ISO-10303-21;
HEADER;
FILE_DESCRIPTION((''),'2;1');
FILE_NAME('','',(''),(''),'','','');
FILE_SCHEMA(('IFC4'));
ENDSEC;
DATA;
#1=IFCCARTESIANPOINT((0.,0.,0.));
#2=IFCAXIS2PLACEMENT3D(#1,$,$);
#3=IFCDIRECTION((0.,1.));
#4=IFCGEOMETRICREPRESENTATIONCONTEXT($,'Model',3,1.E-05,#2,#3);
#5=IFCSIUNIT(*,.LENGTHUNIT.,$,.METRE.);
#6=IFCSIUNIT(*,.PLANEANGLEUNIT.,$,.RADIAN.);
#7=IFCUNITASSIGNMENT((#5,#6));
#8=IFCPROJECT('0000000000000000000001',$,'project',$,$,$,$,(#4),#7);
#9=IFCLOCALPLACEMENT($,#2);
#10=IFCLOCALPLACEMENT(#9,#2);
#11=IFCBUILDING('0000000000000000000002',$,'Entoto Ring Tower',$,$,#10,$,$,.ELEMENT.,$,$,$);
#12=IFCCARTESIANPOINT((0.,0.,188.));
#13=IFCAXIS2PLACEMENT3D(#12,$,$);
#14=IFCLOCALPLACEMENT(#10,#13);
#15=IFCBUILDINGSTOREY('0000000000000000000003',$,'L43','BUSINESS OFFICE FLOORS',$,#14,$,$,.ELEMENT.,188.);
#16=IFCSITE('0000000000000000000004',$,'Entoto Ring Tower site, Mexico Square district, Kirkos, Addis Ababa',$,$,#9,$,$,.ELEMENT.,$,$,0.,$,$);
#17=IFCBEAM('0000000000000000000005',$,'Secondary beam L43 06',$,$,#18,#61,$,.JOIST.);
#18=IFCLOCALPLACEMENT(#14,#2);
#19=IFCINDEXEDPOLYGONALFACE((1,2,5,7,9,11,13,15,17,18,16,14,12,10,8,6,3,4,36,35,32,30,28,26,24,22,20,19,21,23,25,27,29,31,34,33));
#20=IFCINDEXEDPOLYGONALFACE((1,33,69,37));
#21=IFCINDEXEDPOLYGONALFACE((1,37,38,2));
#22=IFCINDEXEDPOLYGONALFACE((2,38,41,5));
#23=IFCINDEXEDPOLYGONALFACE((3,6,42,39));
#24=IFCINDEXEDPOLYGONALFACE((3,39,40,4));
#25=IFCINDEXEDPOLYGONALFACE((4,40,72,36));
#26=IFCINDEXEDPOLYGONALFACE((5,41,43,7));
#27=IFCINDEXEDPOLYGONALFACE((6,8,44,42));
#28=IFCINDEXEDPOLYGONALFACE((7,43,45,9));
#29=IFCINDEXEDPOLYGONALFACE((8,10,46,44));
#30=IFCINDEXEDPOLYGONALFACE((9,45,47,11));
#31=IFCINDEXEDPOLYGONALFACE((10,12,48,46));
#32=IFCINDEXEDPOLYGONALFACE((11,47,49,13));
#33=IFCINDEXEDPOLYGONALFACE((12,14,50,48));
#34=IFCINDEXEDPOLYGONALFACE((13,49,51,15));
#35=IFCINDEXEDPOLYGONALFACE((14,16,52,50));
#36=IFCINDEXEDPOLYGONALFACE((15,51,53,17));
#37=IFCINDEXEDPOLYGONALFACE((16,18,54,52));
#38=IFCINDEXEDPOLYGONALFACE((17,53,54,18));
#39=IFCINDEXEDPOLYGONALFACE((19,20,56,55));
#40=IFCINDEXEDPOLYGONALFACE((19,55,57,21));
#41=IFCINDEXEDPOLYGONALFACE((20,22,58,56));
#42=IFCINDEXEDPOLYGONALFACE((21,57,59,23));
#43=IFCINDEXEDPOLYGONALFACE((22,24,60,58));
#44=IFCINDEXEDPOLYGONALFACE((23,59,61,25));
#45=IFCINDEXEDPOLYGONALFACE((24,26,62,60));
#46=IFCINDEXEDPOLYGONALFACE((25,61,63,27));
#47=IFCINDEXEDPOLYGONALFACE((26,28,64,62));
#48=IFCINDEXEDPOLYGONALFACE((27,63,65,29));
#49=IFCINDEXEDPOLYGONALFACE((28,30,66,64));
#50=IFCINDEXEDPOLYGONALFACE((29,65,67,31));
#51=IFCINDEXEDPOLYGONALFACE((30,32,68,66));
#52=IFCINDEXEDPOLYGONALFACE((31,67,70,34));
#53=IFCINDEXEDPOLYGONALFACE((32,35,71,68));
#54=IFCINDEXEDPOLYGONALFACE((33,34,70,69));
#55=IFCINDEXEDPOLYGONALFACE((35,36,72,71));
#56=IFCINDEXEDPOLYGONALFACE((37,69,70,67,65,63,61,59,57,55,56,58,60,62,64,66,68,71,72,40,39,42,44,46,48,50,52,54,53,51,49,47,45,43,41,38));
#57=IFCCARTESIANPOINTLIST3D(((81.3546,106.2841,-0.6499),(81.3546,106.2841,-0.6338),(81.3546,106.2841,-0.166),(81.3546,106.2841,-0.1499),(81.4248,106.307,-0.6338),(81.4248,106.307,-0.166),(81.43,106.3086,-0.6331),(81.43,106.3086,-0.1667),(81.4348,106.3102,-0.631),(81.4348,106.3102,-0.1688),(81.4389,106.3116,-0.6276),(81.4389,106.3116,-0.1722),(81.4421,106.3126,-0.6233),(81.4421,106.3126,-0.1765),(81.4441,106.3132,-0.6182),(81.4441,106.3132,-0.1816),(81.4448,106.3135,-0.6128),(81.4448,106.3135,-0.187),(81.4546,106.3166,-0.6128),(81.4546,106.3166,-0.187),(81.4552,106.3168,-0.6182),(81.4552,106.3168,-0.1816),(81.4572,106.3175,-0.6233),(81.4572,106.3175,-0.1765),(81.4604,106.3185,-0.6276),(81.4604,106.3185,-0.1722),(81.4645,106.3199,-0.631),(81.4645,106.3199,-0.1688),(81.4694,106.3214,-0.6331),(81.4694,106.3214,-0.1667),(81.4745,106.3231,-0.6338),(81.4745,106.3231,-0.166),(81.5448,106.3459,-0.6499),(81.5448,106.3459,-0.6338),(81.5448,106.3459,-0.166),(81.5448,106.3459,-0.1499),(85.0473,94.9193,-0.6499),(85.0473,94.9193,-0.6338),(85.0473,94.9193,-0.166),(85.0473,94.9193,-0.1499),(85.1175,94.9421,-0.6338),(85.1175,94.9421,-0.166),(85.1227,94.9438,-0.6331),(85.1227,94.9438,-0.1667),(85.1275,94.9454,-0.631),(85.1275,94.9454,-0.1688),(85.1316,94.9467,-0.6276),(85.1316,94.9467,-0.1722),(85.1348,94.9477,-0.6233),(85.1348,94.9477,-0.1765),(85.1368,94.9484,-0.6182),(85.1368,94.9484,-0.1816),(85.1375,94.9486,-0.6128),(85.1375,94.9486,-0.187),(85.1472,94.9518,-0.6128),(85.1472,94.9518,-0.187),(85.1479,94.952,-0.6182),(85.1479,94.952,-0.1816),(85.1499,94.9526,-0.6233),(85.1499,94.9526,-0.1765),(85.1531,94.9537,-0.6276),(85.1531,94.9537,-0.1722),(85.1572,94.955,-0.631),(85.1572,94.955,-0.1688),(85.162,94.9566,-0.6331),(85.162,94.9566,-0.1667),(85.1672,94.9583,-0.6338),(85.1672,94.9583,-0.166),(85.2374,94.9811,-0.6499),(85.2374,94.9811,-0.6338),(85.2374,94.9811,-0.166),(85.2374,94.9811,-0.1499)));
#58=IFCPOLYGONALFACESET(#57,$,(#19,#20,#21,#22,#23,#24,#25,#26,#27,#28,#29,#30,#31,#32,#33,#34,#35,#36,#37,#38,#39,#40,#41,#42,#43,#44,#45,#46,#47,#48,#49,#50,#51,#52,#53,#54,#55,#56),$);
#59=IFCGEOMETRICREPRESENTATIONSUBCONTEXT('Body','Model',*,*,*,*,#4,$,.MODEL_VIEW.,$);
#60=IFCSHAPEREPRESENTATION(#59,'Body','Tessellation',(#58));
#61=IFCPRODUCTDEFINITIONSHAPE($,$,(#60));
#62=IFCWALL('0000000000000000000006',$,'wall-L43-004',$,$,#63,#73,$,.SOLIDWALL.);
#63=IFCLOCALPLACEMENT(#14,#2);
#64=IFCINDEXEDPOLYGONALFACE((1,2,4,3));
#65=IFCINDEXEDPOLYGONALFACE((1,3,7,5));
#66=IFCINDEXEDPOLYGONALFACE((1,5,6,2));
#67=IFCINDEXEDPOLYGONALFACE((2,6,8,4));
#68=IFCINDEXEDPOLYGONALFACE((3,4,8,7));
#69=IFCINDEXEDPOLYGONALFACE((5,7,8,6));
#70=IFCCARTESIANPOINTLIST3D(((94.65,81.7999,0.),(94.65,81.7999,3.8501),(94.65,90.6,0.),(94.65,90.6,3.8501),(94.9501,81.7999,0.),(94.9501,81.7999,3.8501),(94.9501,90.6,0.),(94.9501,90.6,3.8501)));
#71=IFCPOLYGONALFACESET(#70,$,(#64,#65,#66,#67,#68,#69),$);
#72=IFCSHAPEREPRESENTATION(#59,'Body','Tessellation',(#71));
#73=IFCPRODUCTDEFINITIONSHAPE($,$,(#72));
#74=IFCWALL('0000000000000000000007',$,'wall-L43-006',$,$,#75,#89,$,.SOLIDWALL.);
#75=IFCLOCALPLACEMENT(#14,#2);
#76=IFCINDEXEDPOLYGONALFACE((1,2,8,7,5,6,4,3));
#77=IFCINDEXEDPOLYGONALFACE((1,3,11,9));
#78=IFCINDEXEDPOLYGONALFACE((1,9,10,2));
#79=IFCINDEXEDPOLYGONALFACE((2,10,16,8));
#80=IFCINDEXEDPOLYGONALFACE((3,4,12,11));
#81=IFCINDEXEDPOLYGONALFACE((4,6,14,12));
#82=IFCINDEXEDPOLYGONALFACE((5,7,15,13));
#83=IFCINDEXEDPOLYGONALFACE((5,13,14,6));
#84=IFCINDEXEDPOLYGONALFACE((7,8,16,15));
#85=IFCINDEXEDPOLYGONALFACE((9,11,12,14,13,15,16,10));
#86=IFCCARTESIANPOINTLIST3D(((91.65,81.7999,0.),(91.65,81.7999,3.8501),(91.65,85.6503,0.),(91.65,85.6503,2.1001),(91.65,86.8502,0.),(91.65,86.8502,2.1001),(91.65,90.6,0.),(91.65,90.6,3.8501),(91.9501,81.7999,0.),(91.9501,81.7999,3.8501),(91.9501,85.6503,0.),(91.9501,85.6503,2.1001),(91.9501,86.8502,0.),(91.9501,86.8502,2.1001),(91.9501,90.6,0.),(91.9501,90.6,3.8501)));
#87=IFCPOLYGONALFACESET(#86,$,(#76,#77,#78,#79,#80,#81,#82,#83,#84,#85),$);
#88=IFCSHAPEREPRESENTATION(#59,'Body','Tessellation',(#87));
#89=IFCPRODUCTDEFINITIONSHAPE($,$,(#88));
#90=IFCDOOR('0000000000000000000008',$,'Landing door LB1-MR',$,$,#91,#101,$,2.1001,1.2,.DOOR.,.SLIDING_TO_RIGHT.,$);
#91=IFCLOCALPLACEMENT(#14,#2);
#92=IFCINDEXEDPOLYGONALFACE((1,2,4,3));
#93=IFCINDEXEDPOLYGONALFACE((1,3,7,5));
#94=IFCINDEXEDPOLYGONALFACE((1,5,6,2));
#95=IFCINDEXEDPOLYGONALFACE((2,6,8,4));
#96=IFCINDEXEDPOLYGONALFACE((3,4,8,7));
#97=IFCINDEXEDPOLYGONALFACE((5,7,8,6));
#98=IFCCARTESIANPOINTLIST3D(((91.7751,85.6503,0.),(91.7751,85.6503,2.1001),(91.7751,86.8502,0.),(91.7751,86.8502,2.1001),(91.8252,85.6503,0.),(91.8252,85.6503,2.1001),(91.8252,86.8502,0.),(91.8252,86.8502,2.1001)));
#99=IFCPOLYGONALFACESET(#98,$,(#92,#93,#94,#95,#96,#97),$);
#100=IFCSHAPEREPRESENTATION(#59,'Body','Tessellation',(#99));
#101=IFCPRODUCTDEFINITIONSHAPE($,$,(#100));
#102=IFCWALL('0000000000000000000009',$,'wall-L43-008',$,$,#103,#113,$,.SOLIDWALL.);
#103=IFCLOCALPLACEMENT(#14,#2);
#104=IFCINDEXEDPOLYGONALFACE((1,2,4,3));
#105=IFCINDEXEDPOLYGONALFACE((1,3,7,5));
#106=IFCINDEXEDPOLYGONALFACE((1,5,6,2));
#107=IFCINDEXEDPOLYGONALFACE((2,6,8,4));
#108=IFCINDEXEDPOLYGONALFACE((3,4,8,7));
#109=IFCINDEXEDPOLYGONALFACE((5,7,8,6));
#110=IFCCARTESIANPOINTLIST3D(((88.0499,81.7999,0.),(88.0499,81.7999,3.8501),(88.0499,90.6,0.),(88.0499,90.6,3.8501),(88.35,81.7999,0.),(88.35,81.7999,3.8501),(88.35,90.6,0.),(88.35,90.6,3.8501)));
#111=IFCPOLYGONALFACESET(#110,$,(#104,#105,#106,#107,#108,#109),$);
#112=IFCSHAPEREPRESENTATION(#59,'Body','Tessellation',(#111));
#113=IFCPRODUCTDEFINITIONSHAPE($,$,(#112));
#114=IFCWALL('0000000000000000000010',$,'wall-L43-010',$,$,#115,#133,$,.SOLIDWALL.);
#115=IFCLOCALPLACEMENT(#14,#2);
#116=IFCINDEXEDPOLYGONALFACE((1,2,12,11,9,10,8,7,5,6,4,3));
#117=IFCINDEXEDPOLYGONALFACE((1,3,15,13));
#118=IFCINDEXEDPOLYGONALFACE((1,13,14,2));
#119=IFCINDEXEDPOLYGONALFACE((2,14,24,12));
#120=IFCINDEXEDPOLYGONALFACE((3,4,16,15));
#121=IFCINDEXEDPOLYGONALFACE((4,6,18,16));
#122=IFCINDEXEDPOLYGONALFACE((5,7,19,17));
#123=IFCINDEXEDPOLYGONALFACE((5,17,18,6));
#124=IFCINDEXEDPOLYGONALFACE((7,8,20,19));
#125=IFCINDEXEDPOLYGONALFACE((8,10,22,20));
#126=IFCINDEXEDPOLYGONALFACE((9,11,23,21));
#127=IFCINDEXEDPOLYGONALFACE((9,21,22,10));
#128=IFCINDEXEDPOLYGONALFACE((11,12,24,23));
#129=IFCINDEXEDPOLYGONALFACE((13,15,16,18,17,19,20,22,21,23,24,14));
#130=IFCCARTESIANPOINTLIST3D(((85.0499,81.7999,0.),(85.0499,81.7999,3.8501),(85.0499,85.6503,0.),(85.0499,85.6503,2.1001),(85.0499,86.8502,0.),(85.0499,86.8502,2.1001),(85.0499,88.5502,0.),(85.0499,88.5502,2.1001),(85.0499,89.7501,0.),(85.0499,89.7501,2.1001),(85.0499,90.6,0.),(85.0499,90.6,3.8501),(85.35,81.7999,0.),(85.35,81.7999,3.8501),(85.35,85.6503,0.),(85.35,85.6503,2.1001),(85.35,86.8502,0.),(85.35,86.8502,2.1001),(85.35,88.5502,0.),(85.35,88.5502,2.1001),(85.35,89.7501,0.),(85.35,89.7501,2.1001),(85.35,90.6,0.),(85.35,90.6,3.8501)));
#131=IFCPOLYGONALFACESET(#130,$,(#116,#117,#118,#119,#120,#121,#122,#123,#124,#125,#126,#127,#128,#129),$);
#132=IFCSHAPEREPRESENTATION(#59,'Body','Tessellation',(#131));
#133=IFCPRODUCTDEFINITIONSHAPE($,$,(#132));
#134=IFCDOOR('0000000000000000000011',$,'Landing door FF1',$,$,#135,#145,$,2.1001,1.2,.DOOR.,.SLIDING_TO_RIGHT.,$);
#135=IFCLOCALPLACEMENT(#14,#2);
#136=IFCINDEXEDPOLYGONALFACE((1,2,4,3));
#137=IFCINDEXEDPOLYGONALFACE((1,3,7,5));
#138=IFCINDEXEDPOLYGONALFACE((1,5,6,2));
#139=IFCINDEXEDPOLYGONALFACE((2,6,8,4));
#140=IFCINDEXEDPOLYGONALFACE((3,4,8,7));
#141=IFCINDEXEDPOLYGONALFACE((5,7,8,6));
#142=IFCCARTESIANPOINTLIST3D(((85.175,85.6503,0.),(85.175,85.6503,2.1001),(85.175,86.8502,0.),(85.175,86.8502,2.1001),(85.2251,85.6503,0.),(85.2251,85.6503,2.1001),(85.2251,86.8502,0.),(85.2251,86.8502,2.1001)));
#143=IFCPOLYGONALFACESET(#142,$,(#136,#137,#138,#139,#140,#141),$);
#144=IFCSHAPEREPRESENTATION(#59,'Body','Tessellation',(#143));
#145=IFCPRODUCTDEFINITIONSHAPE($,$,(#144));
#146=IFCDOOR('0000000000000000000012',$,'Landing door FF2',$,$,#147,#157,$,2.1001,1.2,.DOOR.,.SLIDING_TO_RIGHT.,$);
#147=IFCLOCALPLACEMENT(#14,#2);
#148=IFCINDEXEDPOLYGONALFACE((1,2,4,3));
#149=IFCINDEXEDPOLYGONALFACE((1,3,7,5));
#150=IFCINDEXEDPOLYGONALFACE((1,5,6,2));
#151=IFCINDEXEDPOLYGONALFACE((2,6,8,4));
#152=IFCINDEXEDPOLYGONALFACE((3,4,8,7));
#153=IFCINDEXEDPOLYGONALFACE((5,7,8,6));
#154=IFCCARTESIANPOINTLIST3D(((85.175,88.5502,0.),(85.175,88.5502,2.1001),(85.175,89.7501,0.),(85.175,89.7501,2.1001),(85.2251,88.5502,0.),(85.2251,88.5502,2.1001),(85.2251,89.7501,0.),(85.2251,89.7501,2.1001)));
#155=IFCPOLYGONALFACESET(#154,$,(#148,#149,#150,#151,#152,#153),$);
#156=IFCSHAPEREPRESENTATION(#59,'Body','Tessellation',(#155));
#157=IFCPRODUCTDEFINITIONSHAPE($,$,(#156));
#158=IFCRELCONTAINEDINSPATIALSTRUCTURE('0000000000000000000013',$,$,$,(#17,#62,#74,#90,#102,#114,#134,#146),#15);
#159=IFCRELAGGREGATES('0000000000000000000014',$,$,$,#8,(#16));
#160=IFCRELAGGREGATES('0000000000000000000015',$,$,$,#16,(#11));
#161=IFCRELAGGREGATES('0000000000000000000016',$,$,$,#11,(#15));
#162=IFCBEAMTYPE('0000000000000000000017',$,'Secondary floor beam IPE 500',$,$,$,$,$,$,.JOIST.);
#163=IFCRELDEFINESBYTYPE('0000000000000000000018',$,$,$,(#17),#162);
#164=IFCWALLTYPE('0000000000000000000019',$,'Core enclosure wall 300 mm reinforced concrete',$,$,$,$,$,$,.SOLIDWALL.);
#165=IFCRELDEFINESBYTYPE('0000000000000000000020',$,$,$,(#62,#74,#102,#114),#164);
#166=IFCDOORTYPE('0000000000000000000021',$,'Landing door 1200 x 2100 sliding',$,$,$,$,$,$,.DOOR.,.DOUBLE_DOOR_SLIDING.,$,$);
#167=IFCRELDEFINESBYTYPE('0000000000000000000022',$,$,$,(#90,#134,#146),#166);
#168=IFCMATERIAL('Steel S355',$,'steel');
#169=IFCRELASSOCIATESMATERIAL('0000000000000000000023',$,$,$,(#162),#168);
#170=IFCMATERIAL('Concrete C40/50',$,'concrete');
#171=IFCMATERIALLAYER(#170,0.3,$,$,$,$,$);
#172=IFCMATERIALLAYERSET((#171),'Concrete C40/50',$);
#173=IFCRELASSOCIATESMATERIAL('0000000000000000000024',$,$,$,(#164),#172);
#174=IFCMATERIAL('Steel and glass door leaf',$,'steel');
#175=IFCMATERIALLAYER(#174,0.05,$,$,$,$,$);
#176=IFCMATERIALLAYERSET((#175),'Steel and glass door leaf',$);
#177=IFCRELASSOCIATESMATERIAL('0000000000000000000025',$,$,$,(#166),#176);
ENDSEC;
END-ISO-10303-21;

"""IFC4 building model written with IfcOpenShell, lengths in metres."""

from ifc_helpers import new_model, si_unit, direction, frame, frame_2d, origin, origin_2d, place, context, subcontext, project, spatial, rectangle, i_section, extrude, material, layer, layer_set, material_profile, profile_set, type_object, element, fill, save


model = new_model("IFC4")

# Units and contexts
model_context = context("Model", 3, precision=1e-05, world=origin(), true_north=direction((0.0, 1.0)))
body_context = subcontext(model_context, "Body", "Model", "MODEL_VIEW")
ifc_project = project(units=[si_unit("LENGTHUNIT", "METRE"), si_unit("PLANEANGLEUNIT", "RADIAN")], contexts=[model_context])

# Site, building, storey
site_placement = place(None, origin())
site = spatial("IfcSite", under=ifc_project, at=site_placement, Name="Entoto Ring Tower site, Mexico Square district, Kirkos, Addis Ababa", CompositionType="ELEMENT", RefElevation=0.0)
building_placement = place(site_placement, origin())
building = spatial("IfcBuilding", under=site, at=building_placement, Name="Entoto Ring Tower", CompositionType="ELEMENT")
storey_placement = place(building_placement, frame((0.0, 0.0, 188.0)))
storey = spatial("IfcBuildingStorey", under=building, at=storey_placement, Name="L43", Description="BUSINESS OFFICE FLOORS", CompositionType="ELEMENT", Elevation=188.0)

# Beam
ifc_material_1 = material(Name="Steel S355", Category="steel")
ifc_material_profile_1 = material_profile(ifc_material_1, i_section(OverallWidth=0.2, OverallDepth=0.5, WebThickness=0.0103, FlangeThickness=0.0161, FilletRadius=0.021, at=origin_2d()), Name="IPE 500")
ifc_profile_set_1 = profile_set([ifc_material_profile_1], Name="Steel S355")
beam_type_1 = type_object("IfcBeamType", Name="Secondary floor beam IPE 500", PredefinedType="JOIST", material=ifc_profile_set_1)
beam_1_placement = place(storey_placement, frame((85.1423, 94.9502, -0.3999), z_axis=(-0.309017, 0.951057, 0.0), x_axis=(-0.951057, -0.309017, 0.0)))
element("IfcBeam", 1, at=beam_1_placement, inside=storey, type_object=beam_type_1, Name="Secondary beam L43 06", PredefinedType="JOIST", context=body_context, shape_type="SweptSolid", body=[
    extrude(i_section(OverallWidth=0.2, OverallDepth=0.5, WebThickness=0.0103, FlangeThickness=0.0161, FilletRadius=0.021, at=origin_2d()), origin(), (0.0, 0.0, 1.0), 11.9497),
])

# Wall
ifc_material_2 = material(Name="Concrete C40/50", Category="concrete")
ifc_layer_1 = layer(ifc_material_2, 0.3)
ifc_layer_set_1 = layer_set([ifc_layer_1], Name="Concrete C40/50")
wall_type_1 = type_object("IfcWallType", Name="Core enclosure wall 300 mm reinforced concrete", PredefinedType="SOLIDWALL", material=ifc_layer_set_1)
wall_1_placement = place(storey_placement, frame((94.8, 81.8, 0.0), z_axis=(0.0, 0.0, 1.0), x_axis=(0.0, 1.0, 0.0)))
element("IfcWall", 2, at=wall_1_placement, inside=storey, type_object=wall_type_1, Name="wall-L43-004", PredefinedType="SOLIDWALL", context=body_context, shape_type="SweptSolid", body=[
    extrude(rectangle(XDim=8.8, YDim=0.3, at=frame_2d((4.3999, 0.0))), origin(), (0.0, 0.0, 1.0), 3.8501),
])

# Wall, opening, door
wall_2_placement = place(storey_placement, frame((91.8, 81.8, 0.0), z_axis=(0.0, 0.0, 1.0), x_axis=(0.0, 1.0, 0.0)))
wall_2 = element("IfcWall", 3, at=wall_2_placement, inside=storey, type_object=wall_type_1, Name="wall-L43-006", PredefinedType="SOLIDWALL", context=body_context, shape_type="SweptSolid", body=[
    extrude(rectangle(XDim=8.8, YDim=0.3, at=frame_2d((4.3999, 0.0))), origin(), (0.0, 0.0, 1.0), 3.8501),
])
opening_1_placement = place(wall_2_placement, frame((3.8501, 0.0, 0.0)))
opening_1 = element("IfcOpeningElement", 4, at=opening_1_placement, cuts=wall_2, PredefinedType="OPENING", context=body_context, shape_type="SweptSolid", body=[
    extrude(rectangle(XDim=1.2, YDim=2.1001, at=frame_2d((0.6001, 1.05))), frame((0.0, 0.1602, 0.0), z_axis=(0.0, -1.0, 0.0), x_axis=(1.0, 0.0, 0.0)), (0.0, 0.0, 1.0), 0.3201),
])
ifc_material_3 = material(Name="Steel and glass door leaf", Category="steel")
ifc_layer_2 = layer(ifc_material_3, 0.05)
ifc_layer_set_2 = layer_set([ifc_layer_2], Name="Steel and glass door leaf")
door_type_1 = type_object("IfcDoorType", Name="Landing door 1200 x 2100 sliding", OperationType="DOUBLE_DOOR_SLIDING", PredefinedType="DOOR", material=ifc_layer_set_2)
door_1_placement = place(opening_1_placement, origin())
door_1 = element("IfcDoor", 5, at=door_1_placement, inside=storey, type_object=door_type_1, Name="Landing door LB1-MR", OperationType="SLIDING_TO_RIGHT", OverallHeight=2.1001, OverallWidth=1.2, PredefinedType="DOOR", context=body_context, shape_type="SweptSolid", body=[
    extrude(rectangle(XDim=1.2, YDim=2.1001, at=frame_2d((0.6001, 1.05))), frame((0.0, 0.0249, 0.0), z_axis=(0.0, -1.0, 0.0), x_axis=(1.0, 0.0, 0.0)), (0.0, 0.0, 1.0), 0.05),
])
fill(opening_1, door_1)

# Wall
wall_3_placement = place(storey_placement, frame((88.2, 81.8, 0.0), z_axis=(0.0, 0.0, 1.0), x_axis=(0.0, 1.0, 0.0)))
element("IfcWall", 6, at=wall_3_placement, inside=storey, type_object=wall_type_1, Name="wall-L43-008", PredefinedType="SOLIDWALL", context=body_context, shape_type="SweptSolid", body=[
    extrude(rectangle(XDim=8.8, YDim=0.3, at=frame_2d((4.3999, 0.0))), origin(), (0.0, 0.0, 1.0), 3.8501),
])

# Wall, openings, doors
wall_4_placement = place(storey_placement, frame((85.2, 81.8, 0.0), z_axis=(0.0, 0.0, 1.0), x_axis=(0.0, 1.0, 0.0)))
wall_4 = element("IfcWall", 7, at=wall_4_placement, inside=storey, type_object=wall_type_1, Name="wall-L43-010", PredefinedType="SOLIDWALL", context=body_context, shape_type="SweptSolid", body=[
    extrude(rectangle(XDim=8.8, YDim=0.3, at=frame_2d((4.3999, 0.0))), origin(), (0.0, 0.0, 1.0), 3.8501),
])
opening_2_placement = place(wall_4_placement, frame((3.8501, 0.0, 0.0)))
opening_2 = element("IfcOpeningElement", 8, at=opening_2_placement, cuts=wall_4, PredefinedType="OPENING", context=body_context, shape_type="SweptSolid", body=[
    extrude(rectangle(XDim=1.2, YDim=2.1001, at=frame_2d((0.6001, 1.05))), frame((0.0, 0.1602, 0.0), z_axis=(0.0, -1.0, 0.0), x_axis=(1.0, 0.0, 0.0)), (0.0, 0.0, 1.0), 0.3201),
])
opening_3_placement = place(wall_4_placement, frame((6.75, 0.0, 0.0)))
opening_3 = element("IfcOpeningElement", 9, at=opening_3_placement, cuts=wall_4, PredefinedType="OPENING", context=body_context, shape_type="SweptSolid", body=[
    extrude(rectangle(XDim=1.2, YDim=2.1001, at=frame_2d((0.6001, 1.05))), frame((0.0, 0.1602, 0.0), z_axis=(0.0, -1.0, 0.0), x_axis=(1.0, 0.0, 0.0)), (0.0, 0.0, 1.0), 0.3201),
])
door_2_placement = place(opening_2_placement, origin())
door_2 = element("IfcDoor", 10, at=door_2_placement, inside=storey, type_object=door_type_1, Name="Landing door FF1", OperationType="SLIDING_TO_RIGHT", OverallHeight=2.1001, OverallWidth=1.2, PredefinedType="DOOR", context=body_context, shape_type="SweptSolid", body=[
    extrude(rectangle(XDim=1.2, YDim=2.1001, at=frame_2d((0.6001, 1.05))), frame((0.0, 0.0249, 0.0), z_axis=(0.0, -1.0, 0.0), x_axis=(1.0, 0.0, 0.0)), (0.0, 0.0, 1.0), 0.05),
])
fill(opening_2, door_2)
door_3_placement = place(opening_3_placement, origin())
door_3 = element("IfcDoor", 11, at=door_3_placement, inside=storey, type_object=door_type_1, Name="Landing door FF2", OperationType="SLIDING_TO_RIGHT", OverallHeight=2.1001, OverallWidth=1.2, PredefinedType="DOOR", context=body_context, shape_type="SweptSolid", body=[
    extrude(rectangle(XDim=1.2, YDim=2.1001, at=frame_2d((0.6001, 1.05))), frame((0.0, 0.0249, 0.0), z_axis=(0.0, -1.0, 0.0), x_axis=(1.0, 0.0, 0.0)), (0.0, 0.0, 1.0), 0.05),
])
fill(opening_3, door_3)

save(model, "model.ifc")
